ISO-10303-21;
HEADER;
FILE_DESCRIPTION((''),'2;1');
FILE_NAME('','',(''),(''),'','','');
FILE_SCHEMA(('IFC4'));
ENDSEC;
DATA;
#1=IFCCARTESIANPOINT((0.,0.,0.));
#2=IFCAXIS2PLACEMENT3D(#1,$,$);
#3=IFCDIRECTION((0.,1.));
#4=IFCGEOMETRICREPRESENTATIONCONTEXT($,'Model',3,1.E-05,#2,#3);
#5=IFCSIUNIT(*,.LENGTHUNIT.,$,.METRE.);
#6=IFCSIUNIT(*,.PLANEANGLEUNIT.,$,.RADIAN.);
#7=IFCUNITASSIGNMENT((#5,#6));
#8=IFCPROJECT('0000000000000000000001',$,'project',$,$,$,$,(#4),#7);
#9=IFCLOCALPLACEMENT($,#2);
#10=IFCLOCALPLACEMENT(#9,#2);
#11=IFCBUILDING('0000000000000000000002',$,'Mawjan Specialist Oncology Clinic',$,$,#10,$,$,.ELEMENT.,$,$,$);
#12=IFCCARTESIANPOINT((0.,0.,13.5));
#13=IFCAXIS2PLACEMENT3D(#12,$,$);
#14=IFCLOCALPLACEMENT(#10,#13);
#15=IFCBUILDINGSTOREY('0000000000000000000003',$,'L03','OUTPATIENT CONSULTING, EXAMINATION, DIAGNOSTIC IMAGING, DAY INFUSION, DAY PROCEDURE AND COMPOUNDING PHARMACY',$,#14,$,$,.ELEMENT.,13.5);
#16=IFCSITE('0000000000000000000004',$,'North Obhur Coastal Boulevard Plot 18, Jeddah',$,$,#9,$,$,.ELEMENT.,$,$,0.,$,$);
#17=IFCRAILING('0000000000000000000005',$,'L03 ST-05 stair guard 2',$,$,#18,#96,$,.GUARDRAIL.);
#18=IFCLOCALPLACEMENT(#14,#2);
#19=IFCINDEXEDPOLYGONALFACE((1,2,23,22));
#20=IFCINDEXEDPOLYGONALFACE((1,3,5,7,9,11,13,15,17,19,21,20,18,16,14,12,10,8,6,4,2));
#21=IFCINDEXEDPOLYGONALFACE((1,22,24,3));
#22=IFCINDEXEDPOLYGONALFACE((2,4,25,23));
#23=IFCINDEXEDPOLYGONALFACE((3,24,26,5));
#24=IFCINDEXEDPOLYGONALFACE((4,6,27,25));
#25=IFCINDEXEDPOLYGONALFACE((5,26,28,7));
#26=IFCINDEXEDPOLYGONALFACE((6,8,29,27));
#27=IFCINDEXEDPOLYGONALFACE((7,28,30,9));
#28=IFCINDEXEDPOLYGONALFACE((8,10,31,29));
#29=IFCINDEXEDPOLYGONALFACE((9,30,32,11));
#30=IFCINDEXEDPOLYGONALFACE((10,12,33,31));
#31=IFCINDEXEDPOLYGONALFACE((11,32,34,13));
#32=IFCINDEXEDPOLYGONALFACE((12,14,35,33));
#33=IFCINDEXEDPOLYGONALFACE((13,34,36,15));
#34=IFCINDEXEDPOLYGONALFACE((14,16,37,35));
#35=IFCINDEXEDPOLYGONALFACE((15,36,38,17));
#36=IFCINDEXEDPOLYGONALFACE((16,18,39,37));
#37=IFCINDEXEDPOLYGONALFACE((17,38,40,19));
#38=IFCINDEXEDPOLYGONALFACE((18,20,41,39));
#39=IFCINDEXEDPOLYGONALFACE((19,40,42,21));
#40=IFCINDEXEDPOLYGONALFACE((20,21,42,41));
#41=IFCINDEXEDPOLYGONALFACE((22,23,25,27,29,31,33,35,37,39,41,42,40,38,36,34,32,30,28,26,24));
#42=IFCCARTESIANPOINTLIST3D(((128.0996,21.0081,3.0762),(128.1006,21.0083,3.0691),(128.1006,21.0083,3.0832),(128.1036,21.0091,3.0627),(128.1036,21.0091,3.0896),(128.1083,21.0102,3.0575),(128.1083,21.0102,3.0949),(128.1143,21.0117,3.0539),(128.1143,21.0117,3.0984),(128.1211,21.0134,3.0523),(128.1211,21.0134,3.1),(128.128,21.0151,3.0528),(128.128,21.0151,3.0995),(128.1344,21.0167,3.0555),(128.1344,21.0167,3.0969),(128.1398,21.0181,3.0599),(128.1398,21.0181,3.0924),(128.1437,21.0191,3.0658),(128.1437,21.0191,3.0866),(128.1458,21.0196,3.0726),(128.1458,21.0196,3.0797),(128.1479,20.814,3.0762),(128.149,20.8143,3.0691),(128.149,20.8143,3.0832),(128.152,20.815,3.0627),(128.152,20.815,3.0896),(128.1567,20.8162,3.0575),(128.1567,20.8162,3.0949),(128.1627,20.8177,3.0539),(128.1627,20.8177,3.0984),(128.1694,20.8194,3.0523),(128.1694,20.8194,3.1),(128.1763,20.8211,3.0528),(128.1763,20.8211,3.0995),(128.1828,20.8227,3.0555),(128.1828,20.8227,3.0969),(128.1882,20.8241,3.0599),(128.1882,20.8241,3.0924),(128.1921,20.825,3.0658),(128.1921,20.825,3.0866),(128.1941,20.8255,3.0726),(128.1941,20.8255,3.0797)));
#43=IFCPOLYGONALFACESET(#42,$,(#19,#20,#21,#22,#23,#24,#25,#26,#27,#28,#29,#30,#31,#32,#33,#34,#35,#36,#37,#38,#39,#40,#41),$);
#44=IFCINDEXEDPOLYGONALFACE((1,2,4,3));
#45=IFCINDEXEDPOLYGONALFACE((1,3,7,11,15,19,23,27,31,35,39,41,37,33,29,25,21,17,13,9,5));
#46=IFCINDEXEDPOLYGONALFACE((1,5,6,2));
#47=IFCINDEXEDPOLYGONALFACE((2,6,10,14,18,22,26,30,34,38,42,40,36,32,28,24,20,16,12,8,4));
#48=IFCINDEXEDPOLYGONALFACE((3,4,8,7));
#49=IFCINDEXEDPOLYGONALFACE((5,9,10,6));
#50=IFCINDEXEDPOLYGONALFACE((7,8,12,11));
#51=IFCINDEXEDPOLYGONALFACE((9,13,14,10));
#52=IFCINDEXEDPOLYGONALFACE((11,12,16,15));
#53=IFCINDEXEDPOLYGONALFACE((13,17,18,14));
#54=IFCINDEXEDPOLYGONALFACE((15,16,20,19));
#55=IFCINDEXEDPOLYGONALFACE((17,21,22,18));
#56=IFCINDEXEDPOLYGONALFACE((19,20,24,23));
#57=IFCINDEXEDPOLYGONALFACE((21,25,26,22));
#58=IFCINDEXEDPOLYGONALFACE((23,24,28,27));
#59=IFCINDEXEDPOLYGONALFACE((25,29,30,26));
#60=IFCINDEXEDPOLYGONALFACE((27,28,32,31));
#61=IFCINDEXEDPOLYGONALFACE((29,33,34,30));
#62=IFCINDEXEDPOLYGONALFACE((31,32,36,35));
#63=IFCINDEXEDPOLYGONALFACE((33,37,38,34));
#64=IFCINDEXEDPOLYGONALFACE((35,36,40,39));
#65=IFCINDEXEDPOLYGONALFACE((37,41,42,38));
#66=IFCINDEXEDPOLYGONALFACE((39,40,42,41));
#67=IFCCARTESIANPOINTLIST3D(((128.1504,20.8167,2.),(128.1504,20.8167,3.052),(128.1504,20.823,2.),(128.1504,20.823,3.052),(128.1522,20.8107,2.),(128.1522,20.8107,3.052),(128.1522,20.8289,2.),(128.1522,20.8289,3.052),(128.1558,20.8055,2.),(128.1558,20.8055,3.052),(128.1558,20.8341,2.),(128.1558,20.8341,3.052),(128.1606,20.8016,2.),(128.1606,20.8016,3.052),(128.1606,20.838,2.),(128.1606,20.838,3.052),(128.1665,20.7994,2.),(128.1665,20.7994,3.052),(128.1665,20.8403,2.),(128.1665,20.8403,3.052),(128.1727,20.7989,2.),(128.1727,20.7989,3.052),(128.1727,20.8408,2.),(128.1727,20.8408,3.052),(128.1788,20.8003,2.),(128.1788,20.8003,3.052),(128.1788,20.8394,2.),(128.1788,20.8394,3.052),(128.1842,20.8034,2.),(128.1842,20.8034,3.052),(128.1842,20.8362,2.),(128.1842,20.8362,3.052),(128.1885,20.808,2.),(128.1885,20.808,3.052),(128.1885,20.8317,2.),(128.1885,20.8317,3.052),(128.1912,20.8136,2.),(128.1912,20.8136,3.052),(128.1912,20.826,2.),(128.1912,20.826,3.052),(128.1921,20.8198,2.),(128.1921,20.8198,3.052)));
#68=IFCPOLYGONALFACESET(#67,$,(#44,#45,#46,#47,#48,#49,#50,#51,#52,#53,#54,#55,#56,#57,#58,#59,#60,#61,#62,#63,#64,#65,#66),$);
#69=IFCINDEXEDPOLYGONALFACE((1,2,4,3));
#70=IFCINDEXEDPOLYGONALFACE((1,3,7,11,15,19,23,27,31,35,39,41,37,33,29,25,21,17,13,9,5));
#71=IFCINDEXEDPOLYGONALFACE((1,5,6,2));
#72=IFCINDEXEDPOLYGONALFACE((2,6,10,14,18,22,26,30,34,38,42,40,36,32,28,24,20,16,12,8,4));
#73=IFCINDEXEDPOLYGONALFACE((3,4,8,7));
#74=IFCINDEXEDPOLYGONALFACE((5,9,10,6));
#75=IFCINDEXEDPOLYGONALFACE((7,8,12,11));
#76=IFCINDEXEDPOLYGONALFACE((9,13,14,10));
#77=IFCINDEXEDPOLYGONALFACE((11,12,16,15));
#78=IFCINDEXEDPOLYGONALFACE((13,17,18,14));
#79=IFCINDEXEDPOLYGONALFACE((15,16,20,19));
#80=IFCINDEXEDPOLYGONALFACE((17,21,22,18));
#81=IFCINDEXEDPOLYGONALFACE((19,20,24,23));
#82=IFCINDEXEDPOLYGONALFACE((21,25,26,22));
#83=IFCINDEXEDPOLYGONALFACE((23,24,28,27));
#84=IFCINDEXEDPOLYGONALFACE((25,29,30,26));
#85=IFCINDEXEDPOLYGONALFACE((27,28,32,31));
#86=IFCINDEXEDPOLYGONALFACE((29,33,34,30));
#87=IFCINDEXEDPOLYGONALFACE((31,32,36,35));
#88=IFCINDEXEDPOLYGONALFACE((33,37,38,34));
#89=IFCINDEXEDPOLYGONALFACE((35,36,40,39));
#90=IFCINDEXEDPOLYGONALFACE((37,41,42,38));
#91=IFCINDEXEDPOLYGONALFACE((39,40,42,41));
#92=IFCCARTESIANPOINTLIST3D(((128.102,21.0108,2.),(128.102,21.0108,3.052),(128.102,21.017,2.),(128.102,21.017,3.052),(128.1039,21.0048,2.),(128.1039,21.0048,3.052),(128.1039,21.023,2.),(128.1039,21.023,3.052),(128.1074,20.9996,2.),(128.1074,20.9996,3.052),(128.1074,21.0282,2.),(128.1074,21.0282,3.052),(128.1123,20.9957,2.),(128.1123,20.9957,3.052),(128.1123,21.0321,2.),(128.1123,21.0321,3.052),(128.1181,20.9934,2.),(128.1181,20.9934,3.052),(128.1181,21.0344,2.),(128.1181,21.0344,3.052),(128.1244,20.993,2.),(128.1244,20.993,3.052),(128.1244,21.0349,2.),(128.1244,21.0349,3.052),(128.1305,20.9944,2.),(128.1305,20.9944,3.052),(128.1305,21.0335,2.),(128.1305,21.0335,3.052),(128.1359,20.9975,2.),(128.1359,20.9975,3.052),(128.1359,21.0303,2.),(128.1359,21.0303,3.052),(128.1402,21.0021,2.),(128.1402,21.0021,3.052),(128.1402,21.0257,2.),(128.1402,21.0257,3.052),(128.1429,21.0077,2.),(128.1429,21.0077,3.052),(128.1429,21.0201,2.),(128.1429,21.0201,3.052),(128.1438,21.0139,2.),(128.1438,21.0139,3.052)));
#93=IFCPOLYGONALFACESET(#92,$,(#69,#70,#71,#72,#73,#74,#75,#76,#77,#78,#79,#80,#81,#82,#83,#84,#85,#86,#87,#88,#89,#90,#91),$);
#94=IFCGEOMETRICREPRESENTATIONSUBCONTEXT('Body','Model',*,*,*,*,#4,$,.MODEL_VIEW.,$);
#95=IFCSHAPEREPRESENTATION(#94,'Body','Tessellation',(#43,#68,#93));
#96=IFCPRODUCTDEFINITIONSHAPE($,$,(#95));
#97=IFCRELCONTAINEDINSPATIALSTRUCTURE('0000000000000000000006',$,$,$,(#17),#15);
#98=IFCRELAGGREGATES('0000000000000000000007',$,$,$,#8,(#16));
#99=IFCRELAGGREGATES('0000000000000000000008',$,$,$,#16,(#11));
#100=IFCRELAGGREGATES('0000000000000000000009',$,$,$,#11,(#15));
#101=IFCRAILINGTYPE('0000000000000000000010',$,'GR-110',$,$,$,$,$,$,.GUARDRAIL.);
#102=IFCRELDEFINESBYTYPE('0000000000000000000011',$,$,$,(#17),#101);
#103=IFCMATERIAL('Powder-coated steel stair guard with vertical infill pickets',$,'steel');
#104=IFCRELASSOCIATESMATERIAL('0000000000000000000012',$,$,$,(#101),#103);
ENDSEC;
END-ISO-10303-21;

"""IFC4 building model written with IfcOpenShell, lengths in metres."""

from ifc_helpers import new_model, si_unit, direction, frame, origin, origin_2d, place, context, subcontext, project, spatial, circle, extrude, material, type_object, element, save


model = new_model("IFC4")

# Units and contexts
model_context = context("Model", 3, precision=1e-05, world=origin(), true_north=direction((0.0, 1.0)))
body_context = subcontext(model_context, "Body", "Model", "MODEL_VIEW")
ifc_project = project(units=[si_unit("LENGTHUNIT", "METRE"), si_unit("PLANEANGLEUNIT", "RADIAN")], contexts=[model_context])

# Site, building, storey
site_placement = place(None, origin())
site = spatial("IfcSite", under=ifc_project, at=site_placement, Name="North Obhur Coastal Boulevard Plot 18, Jeddah", CompositionType="ELEMENT", RefElevation=0.0)
building_placement = place(site_placement, origin())
building = spatial("IfcBuilding", under=site, at=building_placement, Name="Mawjan Specialist Oncology Clinic", CompositionType="ELEMENT")
storey_placement = place(building_placement, frame((0.0, 0.0, 13.5)))
storey = spatial("IfcBuildingStorey", under=building, at=storey_placement, Name="L03", Description="OUTPATIENT CONSULTING, EXAMINATION, DIAGNOSTIC IMAGING, DAY INFUSION, DAY PROCEDURE AND COMPOUNDING PHARMACY", CompositionType="ELEMENT", Elevation=13.5)

# Railing
ifc_material_1 = material(Name="Powder-coated steel stair guard with vertical infill pickets", Category="steel")
railing_type_1 = type_object("IfcRailingType", Name="GR-110", PredefinedType="GUARDRAIL", material=ifc_material_1)
railing_1_placement = place(storey_placement, frame((128.1711, 20.8198, 2.0)))
element("IfcRailing", 1, at=railing_1_placement, inside=storey, type_object=railing_type_1, Name="L03 ST-05 stair guard 2", PredefinedType="GUARDRAIL", context=body_context, shape_type="SweptSolid", body=[
    extrude(circle(Radius=0.0239, at=origin_2d()), frame((0.0, 0.0, 1.0762), z_axis=(-0.241674, 0.970358, 0.0), x_axis=(-0.970358, -0.241674, 0.0)), (0.0, 0.0, 1.0), 0.2),
    extrude(circle(Radius=0.021, at=origin_2d()), origin(), (0.0, 0.0, 1.0), 1.052),
    extrude(circle(Radius=0.021, at=origin_2d()), frame((-0.0483, 0.1941, 0.0)), (0.0, 0.0, 1.0), 1.052),
])

save(model, "model.ifc")
